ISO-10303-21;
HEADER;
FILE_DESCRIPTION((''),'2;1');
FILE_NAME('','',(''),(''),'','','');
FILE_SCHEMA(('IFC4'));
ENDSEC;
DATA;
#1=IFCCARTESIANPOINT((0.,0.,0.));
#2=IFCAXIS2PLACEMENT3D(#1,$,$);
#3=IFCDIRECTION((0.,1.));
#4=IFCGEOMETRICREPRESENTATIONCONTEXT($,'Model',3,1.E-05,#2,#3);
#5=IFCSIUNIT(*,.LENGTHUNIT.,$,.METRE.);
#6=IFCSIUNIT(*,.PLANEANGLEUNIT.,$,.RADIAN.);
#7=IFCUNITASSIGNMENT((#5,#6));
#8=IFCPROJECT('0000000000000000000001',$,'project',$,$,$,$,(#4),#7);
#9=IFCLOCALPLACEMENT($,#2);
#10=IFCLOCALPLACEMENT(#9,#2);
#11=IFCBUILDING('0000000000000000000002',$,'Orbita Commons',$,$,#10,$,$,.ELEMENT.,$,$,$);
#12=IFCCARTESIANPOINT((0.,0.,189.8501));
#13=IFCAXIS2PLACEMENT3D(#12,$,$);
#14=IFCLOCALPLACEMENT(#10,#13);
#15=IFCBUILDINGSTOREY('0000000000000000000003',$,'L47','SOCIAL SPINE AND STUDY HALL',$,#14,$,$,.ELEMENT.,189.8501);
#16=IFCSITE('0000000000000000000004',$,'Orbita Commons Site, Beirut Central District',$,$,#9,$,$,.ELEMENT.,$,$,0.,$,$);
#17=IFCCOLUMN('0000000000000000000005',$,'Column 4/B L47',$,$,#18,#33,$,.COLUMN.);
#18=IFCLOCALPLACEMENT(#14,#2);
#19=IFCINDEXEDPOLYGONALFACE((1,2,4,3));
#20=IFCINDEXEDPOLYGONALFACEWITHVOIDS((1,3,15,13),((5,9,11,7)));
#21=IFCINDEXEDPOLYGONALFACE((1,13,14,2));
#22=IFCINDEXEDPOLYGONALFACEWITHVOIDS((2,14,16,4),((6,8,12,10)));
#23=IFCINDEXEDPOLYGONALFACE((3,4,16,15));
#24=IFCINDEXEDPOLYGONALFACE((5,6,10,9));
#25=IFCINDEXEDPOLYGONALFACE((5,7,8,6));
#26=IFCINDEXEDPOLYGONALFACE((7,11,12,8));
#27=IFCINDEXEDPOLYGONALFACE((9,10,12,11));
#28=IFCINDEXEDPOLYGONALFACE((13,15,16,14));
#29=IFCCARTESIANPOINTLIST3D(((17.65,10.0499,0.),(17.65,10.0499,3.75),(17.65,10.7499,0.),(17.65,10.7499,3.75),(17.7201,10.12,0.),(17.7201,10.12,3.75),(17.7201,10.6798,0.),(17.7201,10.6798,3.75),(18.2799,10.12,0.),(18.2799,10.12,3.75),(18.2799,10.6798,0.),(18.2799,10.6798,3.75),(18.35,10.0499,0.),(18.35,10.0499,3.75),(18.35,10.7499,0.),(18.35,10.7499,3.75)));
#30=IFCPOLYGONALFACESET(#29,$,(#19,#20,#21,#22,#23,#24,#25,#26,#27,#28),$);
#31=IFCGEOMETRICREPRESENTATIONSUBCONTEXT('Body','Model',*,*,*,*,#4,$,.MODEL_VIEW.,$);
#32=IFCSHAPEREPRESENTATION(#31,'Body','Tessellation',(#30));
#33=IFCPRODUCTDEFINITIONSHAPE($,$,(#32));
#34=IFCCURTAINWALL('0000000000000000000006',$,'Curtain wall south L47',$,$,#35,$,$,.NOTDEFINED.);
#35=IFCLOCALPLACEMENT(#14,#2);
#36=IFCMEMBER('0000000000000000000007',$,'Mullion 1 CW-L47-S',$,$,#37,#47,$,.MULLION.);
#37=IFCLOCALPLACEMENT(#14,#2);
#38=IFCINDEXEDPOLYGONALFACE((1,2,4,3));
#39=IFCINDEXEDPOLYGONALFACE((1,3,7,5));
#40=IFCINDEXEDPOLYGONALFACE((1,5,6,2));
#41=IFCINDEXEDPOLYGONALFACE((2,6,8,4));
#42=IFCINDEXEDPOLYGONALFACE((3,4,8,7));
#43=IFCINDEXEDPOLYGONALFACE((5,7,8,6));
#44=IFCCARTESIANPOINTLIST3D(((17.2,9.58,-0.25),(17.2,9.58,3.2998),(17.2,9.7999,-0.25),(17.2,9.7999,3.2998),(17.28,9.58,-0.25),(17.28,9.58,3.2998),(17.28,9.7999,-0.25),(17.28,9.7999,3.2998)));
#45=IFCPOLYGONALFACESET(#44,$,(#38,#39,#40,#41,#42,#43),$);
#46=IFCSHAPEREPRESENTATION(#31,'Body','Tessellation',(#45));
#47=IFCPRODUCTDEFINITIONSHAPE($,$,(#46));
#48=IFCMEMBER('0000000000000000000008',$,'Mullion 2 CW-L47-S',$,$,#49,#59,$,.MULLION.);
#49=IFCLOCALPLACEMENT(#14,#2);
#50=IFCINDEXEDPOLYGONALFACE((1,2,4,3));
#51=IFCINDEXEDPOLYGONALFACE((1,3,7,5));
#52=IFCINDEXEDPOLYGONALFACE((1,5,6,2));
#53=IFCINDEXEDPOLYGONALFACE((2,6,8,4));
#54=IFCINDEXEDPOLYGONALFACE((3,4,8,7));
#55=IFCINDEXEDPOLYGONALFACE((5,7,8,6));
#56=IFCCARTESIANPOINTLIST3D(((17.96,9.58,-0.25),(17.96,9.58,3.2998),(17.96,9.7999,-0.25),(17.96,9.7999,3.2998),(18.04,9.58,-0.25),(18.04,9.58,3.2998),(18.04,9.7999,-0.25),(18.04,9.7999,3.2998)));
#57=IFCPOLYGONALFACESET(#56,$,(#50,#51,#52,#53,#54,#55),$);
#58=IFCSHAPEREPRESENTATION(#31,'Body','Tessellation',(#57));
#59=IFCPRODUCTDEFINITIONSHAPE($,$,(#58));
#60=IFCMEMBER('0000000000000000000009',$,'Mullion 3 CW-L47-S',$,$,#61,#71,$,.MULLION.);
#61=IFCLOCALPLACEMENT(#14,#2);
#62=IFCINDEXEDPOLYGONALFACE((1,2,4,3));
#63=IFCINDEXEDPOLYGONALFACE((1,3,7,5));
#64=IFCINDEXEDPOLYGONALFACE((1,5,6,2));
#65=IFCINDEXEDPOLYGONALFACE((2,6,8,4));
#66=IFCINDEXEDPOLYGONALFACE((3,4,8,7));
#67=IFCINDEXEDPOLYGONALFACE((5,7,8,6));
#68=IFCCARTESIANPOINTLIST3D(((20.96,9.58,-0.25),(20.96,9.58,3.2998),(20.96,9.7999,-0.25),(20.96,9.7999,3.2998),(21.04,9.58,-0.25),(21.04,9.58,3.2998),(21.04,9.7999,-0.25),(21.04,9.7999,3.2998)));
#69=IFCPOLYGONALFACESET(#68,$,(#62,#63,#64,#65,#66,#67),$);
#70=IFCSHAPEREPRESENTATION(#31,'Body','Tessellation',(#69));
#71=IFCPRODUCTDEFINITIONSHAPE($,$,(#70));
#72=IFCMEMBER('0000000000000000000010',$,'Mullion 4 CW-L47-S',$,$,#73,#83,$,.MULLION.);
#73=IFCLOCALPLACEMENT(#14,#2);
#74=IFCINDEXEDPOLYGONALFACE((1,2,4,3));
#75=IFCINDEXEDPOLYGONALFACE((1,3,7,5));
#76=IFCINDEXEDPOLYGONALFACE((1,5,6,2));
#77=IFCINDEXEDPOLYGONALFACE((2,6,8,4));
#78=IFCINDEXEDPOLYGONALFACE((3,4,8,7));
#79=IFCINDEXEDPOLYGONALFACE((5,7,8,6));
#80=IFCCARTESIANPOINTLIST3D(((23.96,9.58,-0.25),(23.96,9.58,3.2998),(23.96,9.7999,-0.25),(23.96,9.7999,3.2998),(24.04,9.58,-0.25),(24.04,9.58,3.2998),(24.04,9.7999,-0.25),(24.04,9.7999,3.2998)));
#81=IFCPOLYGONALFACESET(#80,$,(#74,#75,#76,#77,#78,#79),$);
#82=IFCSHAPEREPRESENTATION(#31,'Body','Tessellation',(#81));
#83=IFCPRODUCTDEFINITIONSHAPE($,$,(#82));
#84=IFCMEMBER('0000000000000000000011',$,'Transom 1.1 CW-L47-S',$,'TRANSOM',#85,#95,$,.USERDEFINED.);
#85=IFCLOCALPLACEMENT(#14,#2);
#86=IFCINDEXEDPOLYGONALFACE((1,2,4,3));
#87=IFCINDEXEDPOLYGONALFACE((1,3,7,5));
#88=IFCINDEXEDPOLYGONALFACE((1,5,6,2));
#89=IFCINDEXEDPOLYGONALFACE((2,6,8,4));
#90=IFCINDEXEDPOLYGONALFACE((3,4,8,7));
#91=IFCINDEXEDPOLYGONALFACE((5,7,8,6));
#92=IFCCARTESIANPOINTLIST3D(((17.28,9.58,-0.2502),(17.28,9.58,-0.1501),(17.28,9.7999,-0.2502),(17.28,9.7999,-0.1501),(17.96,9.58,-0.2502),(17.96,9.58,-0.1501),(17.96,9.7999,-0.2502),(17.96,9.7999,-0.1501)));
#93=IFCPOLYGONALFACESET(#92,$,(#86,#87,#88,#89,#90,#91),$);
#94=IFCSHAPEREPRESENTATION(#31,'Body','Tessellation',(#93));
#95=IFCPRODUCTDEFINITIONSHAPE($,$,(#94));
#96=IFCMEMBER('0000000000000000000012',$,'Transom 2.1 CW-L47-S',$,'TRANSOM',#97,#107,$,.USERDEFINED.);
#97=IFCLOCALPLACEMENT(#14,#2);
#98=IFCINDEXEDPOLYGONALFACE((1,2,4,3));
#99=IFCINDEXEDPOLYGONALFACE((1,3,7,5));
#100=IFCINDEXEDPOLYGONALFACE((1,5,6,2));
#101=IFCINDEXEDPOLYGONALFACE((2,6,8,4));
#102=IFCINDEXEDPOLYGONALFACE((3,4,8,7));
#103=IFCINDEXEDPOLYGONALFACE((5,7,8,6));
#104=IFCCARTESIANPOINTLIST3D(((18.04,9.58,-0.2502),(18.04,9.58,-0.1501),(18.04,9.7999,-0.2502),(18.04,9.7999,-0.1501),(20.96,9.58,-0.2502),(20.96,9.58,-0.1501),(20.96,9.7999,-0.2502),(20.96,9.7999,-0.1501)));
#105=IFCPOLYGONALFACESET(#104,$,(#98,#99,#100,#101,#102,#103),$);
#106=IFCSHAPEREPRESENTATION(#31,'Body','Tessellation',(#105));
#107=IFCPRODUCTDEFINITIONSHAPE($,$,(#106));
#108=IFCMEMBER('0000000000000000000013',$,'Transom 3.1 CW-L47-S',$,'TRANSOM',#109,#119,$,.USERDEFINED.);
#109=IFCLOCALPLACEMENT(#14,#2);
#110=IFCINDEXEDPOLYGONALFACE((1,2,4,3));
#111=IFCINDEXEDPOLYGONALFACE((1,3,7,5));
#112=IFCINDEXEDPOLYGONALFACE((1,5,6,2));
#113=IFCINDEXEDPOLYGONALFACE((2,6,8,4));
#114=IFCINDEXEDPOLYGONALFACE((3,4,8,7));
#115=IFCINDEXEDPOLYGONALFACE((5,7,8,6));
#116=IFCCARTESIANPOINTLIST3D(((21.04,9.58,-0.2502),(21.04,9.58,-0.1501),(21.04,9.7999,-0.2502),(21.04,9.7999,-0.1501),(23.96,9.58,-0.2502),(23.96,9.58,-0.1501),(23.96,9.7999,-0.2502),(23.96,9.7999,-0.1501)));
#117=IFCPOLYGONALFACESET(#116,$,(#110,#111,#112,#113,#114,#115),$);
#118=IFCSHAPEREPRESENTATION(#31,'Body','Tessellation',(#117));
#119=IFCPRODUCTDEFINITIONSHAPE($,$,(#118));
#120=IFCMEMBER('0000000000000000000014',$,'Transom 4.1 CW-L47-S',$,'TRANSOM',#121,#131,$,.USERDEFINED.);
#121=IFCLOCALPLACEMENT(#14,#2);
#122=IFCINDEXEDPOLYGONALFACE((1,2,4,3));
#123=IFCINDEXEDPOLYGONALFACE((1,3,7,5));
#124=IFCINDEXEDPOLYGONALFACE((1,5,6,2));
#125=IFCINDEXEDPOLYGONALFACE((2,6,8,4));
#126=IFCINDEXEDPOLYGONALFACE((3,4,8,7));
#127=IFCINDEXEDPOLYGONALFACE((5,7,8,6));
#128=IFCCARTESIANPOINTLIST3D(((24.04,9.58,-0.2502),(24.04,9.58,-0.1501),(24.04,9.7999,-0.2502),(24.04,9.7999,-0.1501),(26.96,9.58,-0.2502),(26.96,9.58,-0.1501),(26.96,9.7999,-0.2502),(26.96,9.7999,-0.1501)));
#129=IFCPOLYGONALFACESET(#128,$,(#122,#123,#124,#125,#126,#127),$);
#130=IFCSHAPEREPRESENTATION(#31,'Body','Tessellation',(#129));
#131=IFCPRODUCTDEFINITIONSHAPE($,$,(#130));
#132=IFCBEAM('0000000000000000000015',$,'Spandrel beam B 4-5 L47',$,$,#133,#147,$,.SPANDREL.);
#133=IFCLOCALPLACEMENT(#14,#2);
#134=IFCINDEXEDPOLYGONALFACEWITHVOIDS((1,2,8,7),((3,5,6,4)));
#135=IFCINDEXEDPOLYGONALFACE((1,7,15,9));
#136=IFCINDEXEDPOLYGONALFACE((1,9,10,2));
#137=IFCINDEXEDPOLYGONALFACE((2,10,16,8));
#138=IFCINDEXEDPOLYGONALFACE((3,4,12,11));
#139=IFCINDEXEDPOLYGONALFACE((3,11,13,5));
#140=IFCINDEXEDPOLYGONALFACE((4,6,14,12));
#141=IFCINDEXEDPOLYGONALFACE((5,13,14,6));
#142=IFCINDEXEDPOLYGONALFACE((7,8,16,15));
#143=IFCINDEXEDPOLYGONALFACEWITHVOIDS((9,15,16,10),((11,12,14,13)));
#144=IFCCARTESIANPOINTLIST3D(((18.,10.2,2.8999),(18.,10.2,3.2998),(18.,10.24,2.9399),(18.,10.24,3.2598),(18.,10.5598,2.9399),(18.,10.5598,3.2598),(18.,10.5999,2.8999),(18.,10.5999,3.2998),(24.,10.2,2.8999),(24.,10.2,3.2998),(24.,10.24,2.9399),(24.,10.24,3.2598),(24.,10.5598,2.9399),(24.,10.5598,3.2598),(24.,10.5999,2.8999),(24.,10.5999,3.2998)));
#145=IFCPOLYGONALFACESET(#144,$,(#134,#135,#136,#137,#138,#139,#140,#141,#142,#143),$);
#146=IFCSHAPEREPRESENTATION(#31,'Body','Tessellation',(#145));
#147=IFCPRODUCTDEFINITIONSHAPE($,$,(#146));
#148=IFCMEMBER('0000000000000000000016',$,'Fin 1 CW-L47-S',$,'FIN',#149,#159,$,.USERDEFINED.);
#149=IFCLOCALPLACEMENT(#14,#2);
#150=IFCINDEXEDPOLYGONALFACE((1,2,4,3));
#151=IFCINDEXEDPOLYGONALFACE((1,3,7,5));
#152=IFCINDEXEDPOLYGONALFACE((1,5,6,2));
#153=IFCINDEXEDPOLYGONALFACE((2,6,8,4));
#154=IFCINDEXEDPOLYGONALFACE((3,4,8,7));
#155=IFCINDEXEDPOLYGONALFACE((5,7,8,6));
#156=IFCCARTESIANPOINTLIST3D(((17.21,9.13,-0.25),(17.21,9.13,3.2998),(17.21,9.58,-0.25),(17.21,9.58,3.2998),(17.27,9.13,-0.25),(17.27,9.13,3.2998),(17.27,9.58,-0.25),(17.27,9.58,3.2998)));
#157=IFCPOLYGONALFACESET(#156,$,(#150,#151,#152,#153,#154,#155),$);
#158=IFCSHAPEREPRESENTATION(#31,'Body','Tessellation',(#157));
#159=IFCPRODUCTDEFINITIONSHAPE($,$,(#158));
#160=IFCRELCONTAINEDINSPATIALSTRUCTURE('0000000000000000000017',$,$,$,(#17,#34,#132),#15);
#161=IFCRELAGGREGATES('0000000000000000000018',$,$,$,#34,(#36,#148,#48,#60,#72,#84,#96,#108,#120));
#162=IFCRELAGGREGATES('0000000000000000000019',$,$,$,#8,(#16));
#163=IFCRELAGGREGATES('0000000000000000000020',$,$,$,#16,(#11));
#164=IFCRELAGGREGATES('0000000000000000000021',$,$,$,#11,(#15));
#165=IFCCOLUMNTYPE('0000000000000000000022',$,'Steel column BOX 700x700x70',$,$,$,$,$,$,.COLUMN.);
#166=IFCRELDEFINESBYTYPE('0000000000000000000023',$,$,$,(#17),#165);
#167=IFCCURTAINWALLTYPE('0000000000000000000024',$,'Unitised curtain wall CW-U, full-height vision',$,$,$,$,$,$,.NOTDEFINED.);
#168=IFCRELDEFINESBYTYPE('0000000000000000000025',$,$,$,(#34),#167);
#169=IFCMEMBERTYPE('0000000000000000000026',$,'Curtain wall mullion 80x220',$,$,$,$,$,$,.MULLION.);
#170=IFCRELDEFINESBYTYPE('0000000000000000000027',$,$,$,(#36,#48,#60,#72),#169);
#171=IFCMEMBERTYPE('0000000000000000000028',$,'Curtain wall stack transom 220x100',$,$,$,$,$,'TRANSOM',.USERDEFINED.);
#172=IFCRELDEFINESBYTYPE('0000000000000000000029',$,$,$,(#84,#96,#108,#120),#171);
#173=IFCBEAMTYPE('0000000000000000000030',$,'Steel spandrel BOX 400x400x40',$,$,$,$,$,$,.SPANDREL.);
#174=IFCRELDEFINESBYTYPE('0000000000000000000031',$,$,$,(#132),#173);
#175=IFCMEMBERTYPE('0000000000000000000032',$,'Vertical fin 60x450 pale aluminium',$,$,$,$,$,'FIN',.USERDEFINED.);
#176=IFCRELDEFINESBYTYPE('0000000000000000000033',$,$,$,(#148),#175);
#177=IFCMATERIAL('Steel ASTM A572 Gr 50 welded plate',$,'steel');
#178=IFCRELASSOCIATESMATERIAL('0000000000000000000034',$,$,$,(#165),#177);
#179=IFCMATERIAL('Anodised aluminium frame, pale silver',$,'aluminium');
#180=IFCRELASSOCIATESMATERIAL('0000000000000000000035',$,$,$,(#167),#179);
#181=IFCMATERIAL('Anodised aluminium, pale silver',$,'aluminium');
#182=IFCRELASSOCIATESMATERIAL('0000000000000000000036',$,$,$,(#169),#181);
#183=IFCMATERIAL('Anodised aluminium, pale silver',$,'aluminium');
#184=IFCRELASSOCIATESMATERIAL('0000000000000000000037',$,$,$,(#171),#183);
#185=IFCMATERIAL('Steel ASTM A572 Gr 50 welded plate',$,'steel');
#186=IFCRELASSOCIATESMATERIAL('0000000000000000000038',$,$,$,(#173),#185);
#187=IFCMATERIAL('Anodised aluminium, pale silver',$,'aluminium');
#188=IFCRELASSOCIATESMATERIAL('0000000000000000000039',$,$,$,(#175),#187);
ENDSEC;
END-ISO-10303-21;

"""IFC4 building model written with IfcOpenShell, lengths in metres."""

from ifc_helpers import new_model, si_unit, direction, frame, origin, origin_2d, place, context, subcontext, project, spatial, rectangle, hollow_rectangle, extrude, material, material_profile, profile_set, type_object, element, aggregate, save


model = new_model("IFC4")

# Units and contexts
model_context = context("Model", 3, precision=1e-05, world=origin(), true_north=direction((0.0, 1.0)))
body_context = subcontext(model_context, "Body", "Model", "MODEL_VIEW")
ifc_project = project(units=[si_unit("LENGTHUNIT", "METRE"), si_unit("PLANEANGLEUNIT", "RADIAN")], contexts=[model_context])

# Site, building, storey
site_placement = place(None, origin())
site = spatial("IfcSite", under=ifc_project, at=site_placement, Name="Orbita Commons Site, Beirut Central District", CompositionType="ELEMENT", RefElevation=0.0)
building_placement = place(site_placement, origin())
building = spatial("IfcBuilding", under=site, at=building_placement, Name="Orbita Commons", CompositionType="ELEMENT")
storey_placement = place(building_placement, frame((0.0, 0.0, 189.8501)))
storey = spatial("IfcBuildingStorey", under=building, at=storey_placement, Name="L47", Description="SOCIAL SPINE AND STUDY HALL", CompositionType="ELEMENT", Elevation=189.8501)

# Column
ifc_material_1 = material(Name="Steel ASTM A572 Gr 50 welded plate", Category="steel")
ifc_material_profile_1 = material_profile(ifc_material_1, hollow_rectangle(XDim=0.7, YDim=0.7, WallThickness=0.0701, at=origin_2d()), Name="BOX 700x700x70")
ifc_profile_set_1 = profile_set([ifc_material_profile_1], Name="Steel ASTM A572 Gr 50 welded plate")
column_type = type_object("IfcColumnType", Name="Steel column BOX 700x700x70", PredefinedType="COLUMN", material=ifc_profile_set_1)
column_placement = place(storey_placement, frame((18.0, 10.3999, 0.0), z_axis=(0.0, 0.0, 1.0), x_axis=(1.0, 0.0, 0.0)))
element("IfcColumn", 1, at=column_placement, inside=storey, type_object=column_type, Name="Column 4/B L47", PredefinedType="COLUMN", context=body_context, shape_type="SweptSolid", body=[
    extrude(hollow_rectangle(XDim=0.7, YDim=0.7, WallThickness=0.0701, at=origin_2d()), origin(), (0.0, 0.0, 1.0), 3.75),
])

# Curtain wall, members
ifc_material_2 = material(Name="Anodised aluminium frame, pale silver", Category="aluminium")
curtain_wall_type = type_object("IfcCurtainWallType", Name="Unitised curtain wall CW-U, full-height vision", PredefinedType="NOTDEFINED", material=ifc_material_2)
curtain_wall_placement = place(storey_placement, origin())
curtain_wall = element("IfcCurtainWall", 2, at=curtain_wall_placement, inside=storey, type_object=curtain_wall_type, Name="Curtain wall south L47", PredefinedType="NOTDEFINED")
ifc_material_3 = material(Name="Anodised aluminium, pale silver", Category="aluminium")
ifc_material_profile_2 = material_profile(ifc_material_3, rectangle(XDim=0.0801, YDim=0.22, at=origin_2d()), Name="AL 80x220")
ifc_profile_set_2 = profile_set([ifc_material_profile_2], Name="Anodised aluminium, pale silver")
member_type_1 = type_object("IfcMemberType", Name="Curtain wall mullion 80x220", PredefinedType="MULLION", material=ifc_profile_set_2)
member_1_placement = place(storey_placement, frame((17.24, 9.6899, -0.25), z_axis=(0.0, 0.0, 1.0), x_axis=(1.0, 0.0, 0.0)))
member_1 = element("IfcMember", 3, at=member_1_placement, type_object=member_type_1, Name="Mullion 1 CW-L47-S", PredefinedType="MULLION", context=body_context, shape_type="SweptSolid", body=[
    extrude(rectangle(XDim=0.0801, YDim=0.22, at=origin_2d()), origin(), (0.0, 0.0, 1.0), 3.5498),
])
member_2_placement = place(storey_placement, frame((18.0, 9.6899, -0.25), z_axis=(0.0, 0.0, 1.0), x_axis=(1.0, 0.0, 0.0)))
member_2 = element("IfcMember", 4, at=member_2_placement, type_object=member_type_1, Name="Mullion 2 CW-L47-S", PredefinedType="MULLION", context=body_context, shape_type="SweptSolid", body=[
    extrude(rectangle(XDim=0.0801, YDim=0.22, at=origin_2d()), origin(), (0.0, 0.0, 1.0), 3.5498),
])
member_3_placement = place(storey_placement, frame((21.0, 9.6899, -0.25), z_axis=(0.0, 0.0, 1.0), x_axis=(1.0, 0.0, 0.0)))
member_3 = element("IfcMember", 5, at=member_3_placement, type_object=member_type_1, Name="Mullion 3 CW-L47-S", PredefinedType="MULLION", context=body_context, shape_type="SweptSolid", body=[
    extrude(rectangle(XDim=0.0801, YDim=0.22, at=origin_2d()), origin(), (0.0, 0.0, 1.0), 3.5498),
])
member_4_placement = place(storey_placement, frame((24.0, 9.6899, -0.25), z_axis=(0.0, 0.0, 1.0), x_axis=(1.0, 0.0, 0.0)))
member_4 = element("IfcMember", 6, at=member_4_placement, type_object=member_type_1, Name="Mullion 4 CW-L47-S", PredefinedType="MULLION", context=body_context, shape_type="SweptSolid", body=[
    extrude(rectangle(XDim=0.0801, YDim=0.22, at=origin_2d()), origin(), (0.0, 0.0, 1.0), 3.5498),
])
ifc_material_4 = material(Name="Anodised aluminium, pale silver", Category="aluminium")
ifc_material_profile_3 = material_profile(ifc_material_4, rectangle(XDim=0.22, YDim=0.1001, at=origin_2d()), Name="AL 220x100")
ifc_profile_set_3 = profile_set([ifc_material_profile_3], Name="Anodised aluminium, pale silver")
member_type_2 = type_object("IfcMemberType", Name="Curtain wall stack transom 220x100", ElementType="TRANSOM", PredefinedType="USERDEFINED", material=ifc_profile_set_3)
member_5_placement = place(storey_placement, frame((17.28, 9.6899, -0.2002), z_axis=(1.0, 0.0, 0.0), x_axis=(0.0, 1.0, 0.0)))
member_5 = element("IfcMember", 7, at=member_5_placement, type_object=member_type_2, Name="Transom 1.1 CW-L47-S", ObjectType="TRANSOM", PredefinedType="USERDEFINED", context=body_context, shape_type="SweptSolid", body=[
    extrude(rectangle(XDim=0.22, YDim=0.1001, at=origin_2d()), origin(), (0.0, 0.0, 1.0), 0.6799),
])
member_6_placement = place(storey_placement, frame((18.04, 9.6899, -0.2002), z_axis=(1.0, 0.0, 0.0), x_axis=(0.0, 1.0, 0.0)))
member_6 = element("IfcMember", 8, at=member_6_placement, type_object=member_type_2, Name="Transom 2.1 CW-L47-S", ObjectType="TRANSOM", PredefinedType="USERDEFINED", context=body_context, shape_type="SweptSolid", body=[
    extrude(rectangle(XDim=0.22, YDim=0.1001, at=origin_2d()), origin(), (0.0, 0.0, 1.0), 2.9199),
])
member_7_placement = place(storey_placement, frame((21.04, 9.6899, -0.2002), z_axis=(1.0, 0.0, 0.0), x_axis=(0.0, 1.0, 0.0)))
member_7 = element("IfcMember", 9, at=member_7_placement, type_object=member_type_2, Name="Transom 3.1 CW-L47-S", ObjectType="TRANSOM", PredefinedType="USERDEFINED", context=body_context, shape_type="SweptSolid", body=[
    extrude(rectangle(XDim=0.22, YDim=0.1001, at=origin_2d()), origin(), (0.0, 0.0, 1.0), 2.9199),
])
member_8_placement = place(storey_placement, frame((24.04, 9.6899, -0.2002), z_axis=(1.0, 0.0, 0.0), x_axis=(0.0, 1.0, 0.0)))
member_8 = element("IfcMember", 10, at=member_8_placement, type_object=member_type_2, Name="Transom 4.1 CW-L47-S", ObjectType="TRANSOM", PredefinedType="USERDEFINED", context=body_context, shape_type="SweptSolid", body=[
    extrude(rectangle(XDim=0.22, YDim=0.1001, at=origin_2d()), origin(), (0.0, 0.0, 1.0), 2.9199),
])

# Beam
ifc_material_5 = material(Name="Steel ASTM A572 Gr 50 welded plate", Category="steel")
ifc_material_profile_4 = material_profile(ifc_material_5, hollow_rectangle(XDim=0.3999, YDim=0.3999, WallThickness=0.04, at=origin_2d()), Name="BOX 400x400x40")
ifc_profile_set_4 = profile_set([ifc_material_profile_4], Name="Steel ASTM A572 Gr 50 welded plate")
beam_type = type_object("IfcBeamType", Name="Steel spandrel BOX 400x400x40", PredefinedType="SPANDREL", material=ifc_profile_set_4)
beam_placement = place(storey_placement, frame((18.0, 10.3999, 3.0999), z_axis=(1.0, 0.0, 0.0), x_axis=(0.0, 1.0, 0.0)))
element("IfcBeam", 11, at=beam_placement, inside=storey, type_object=beam_type, Name="Spandrel beam B 4-5 L47", PredefinedType="SPANDREL", context=body_context, shape_type="SweptSolid", body=[
    extrude(hollow_rectangle(XDim=0.3999, YDim=0.3999, WallThickness=0.04, at=origin_2d()), origin(), (0.0, 0.0, 1.0), 6.0),
])

# Member
ifc_material_6 = material(Name="Anodised aluminium, pale silver", Category="aluminium")
ifc_material_profile_5 = material_profile(ifc_material_6, rectangle(XDim=0.0601, YDim=0.45, at=origin_2d()), Name="FIN 60x450")
ifc_profile_set_5 = profile_set([ifc_material_profile_5], Name="Anodised aluminium, pale silver")
member_type_3 = type_object("IfcMemberType", Name="Vertical fin 60x450 pale aluminium", ElementType="FIN", PredefinedType="USERDEFINED", material=ifc_profile_set_5)
member_9_placement = place(storey_placement, frame((17.24, 9.355, -0.25), z_axis=(0.0, 0.0, 1.0), x_axis=(1.0, 0.0, 0.0)))
member_9 = element("IfcMember", 12, at=member_9_placement, type_object=member_type_3, Name="Fin 1 CW-L47-S", ObjectType="FIN", PredefinedType="USERDEFINED", context=body_context, shape_type="SweptSolid", body=[
    extrude(rectangle(XDim=0.0601, YDim=0.45, at=origin_2d()), origin(), (0.0, 0.0, 1.0), 3.5498),
])

aggregate(curtain_wall, [member_1, member_9, member_2, member_3, member_4, member_5, member_6, member_7, member_8])

save(model, "model.ifc")
